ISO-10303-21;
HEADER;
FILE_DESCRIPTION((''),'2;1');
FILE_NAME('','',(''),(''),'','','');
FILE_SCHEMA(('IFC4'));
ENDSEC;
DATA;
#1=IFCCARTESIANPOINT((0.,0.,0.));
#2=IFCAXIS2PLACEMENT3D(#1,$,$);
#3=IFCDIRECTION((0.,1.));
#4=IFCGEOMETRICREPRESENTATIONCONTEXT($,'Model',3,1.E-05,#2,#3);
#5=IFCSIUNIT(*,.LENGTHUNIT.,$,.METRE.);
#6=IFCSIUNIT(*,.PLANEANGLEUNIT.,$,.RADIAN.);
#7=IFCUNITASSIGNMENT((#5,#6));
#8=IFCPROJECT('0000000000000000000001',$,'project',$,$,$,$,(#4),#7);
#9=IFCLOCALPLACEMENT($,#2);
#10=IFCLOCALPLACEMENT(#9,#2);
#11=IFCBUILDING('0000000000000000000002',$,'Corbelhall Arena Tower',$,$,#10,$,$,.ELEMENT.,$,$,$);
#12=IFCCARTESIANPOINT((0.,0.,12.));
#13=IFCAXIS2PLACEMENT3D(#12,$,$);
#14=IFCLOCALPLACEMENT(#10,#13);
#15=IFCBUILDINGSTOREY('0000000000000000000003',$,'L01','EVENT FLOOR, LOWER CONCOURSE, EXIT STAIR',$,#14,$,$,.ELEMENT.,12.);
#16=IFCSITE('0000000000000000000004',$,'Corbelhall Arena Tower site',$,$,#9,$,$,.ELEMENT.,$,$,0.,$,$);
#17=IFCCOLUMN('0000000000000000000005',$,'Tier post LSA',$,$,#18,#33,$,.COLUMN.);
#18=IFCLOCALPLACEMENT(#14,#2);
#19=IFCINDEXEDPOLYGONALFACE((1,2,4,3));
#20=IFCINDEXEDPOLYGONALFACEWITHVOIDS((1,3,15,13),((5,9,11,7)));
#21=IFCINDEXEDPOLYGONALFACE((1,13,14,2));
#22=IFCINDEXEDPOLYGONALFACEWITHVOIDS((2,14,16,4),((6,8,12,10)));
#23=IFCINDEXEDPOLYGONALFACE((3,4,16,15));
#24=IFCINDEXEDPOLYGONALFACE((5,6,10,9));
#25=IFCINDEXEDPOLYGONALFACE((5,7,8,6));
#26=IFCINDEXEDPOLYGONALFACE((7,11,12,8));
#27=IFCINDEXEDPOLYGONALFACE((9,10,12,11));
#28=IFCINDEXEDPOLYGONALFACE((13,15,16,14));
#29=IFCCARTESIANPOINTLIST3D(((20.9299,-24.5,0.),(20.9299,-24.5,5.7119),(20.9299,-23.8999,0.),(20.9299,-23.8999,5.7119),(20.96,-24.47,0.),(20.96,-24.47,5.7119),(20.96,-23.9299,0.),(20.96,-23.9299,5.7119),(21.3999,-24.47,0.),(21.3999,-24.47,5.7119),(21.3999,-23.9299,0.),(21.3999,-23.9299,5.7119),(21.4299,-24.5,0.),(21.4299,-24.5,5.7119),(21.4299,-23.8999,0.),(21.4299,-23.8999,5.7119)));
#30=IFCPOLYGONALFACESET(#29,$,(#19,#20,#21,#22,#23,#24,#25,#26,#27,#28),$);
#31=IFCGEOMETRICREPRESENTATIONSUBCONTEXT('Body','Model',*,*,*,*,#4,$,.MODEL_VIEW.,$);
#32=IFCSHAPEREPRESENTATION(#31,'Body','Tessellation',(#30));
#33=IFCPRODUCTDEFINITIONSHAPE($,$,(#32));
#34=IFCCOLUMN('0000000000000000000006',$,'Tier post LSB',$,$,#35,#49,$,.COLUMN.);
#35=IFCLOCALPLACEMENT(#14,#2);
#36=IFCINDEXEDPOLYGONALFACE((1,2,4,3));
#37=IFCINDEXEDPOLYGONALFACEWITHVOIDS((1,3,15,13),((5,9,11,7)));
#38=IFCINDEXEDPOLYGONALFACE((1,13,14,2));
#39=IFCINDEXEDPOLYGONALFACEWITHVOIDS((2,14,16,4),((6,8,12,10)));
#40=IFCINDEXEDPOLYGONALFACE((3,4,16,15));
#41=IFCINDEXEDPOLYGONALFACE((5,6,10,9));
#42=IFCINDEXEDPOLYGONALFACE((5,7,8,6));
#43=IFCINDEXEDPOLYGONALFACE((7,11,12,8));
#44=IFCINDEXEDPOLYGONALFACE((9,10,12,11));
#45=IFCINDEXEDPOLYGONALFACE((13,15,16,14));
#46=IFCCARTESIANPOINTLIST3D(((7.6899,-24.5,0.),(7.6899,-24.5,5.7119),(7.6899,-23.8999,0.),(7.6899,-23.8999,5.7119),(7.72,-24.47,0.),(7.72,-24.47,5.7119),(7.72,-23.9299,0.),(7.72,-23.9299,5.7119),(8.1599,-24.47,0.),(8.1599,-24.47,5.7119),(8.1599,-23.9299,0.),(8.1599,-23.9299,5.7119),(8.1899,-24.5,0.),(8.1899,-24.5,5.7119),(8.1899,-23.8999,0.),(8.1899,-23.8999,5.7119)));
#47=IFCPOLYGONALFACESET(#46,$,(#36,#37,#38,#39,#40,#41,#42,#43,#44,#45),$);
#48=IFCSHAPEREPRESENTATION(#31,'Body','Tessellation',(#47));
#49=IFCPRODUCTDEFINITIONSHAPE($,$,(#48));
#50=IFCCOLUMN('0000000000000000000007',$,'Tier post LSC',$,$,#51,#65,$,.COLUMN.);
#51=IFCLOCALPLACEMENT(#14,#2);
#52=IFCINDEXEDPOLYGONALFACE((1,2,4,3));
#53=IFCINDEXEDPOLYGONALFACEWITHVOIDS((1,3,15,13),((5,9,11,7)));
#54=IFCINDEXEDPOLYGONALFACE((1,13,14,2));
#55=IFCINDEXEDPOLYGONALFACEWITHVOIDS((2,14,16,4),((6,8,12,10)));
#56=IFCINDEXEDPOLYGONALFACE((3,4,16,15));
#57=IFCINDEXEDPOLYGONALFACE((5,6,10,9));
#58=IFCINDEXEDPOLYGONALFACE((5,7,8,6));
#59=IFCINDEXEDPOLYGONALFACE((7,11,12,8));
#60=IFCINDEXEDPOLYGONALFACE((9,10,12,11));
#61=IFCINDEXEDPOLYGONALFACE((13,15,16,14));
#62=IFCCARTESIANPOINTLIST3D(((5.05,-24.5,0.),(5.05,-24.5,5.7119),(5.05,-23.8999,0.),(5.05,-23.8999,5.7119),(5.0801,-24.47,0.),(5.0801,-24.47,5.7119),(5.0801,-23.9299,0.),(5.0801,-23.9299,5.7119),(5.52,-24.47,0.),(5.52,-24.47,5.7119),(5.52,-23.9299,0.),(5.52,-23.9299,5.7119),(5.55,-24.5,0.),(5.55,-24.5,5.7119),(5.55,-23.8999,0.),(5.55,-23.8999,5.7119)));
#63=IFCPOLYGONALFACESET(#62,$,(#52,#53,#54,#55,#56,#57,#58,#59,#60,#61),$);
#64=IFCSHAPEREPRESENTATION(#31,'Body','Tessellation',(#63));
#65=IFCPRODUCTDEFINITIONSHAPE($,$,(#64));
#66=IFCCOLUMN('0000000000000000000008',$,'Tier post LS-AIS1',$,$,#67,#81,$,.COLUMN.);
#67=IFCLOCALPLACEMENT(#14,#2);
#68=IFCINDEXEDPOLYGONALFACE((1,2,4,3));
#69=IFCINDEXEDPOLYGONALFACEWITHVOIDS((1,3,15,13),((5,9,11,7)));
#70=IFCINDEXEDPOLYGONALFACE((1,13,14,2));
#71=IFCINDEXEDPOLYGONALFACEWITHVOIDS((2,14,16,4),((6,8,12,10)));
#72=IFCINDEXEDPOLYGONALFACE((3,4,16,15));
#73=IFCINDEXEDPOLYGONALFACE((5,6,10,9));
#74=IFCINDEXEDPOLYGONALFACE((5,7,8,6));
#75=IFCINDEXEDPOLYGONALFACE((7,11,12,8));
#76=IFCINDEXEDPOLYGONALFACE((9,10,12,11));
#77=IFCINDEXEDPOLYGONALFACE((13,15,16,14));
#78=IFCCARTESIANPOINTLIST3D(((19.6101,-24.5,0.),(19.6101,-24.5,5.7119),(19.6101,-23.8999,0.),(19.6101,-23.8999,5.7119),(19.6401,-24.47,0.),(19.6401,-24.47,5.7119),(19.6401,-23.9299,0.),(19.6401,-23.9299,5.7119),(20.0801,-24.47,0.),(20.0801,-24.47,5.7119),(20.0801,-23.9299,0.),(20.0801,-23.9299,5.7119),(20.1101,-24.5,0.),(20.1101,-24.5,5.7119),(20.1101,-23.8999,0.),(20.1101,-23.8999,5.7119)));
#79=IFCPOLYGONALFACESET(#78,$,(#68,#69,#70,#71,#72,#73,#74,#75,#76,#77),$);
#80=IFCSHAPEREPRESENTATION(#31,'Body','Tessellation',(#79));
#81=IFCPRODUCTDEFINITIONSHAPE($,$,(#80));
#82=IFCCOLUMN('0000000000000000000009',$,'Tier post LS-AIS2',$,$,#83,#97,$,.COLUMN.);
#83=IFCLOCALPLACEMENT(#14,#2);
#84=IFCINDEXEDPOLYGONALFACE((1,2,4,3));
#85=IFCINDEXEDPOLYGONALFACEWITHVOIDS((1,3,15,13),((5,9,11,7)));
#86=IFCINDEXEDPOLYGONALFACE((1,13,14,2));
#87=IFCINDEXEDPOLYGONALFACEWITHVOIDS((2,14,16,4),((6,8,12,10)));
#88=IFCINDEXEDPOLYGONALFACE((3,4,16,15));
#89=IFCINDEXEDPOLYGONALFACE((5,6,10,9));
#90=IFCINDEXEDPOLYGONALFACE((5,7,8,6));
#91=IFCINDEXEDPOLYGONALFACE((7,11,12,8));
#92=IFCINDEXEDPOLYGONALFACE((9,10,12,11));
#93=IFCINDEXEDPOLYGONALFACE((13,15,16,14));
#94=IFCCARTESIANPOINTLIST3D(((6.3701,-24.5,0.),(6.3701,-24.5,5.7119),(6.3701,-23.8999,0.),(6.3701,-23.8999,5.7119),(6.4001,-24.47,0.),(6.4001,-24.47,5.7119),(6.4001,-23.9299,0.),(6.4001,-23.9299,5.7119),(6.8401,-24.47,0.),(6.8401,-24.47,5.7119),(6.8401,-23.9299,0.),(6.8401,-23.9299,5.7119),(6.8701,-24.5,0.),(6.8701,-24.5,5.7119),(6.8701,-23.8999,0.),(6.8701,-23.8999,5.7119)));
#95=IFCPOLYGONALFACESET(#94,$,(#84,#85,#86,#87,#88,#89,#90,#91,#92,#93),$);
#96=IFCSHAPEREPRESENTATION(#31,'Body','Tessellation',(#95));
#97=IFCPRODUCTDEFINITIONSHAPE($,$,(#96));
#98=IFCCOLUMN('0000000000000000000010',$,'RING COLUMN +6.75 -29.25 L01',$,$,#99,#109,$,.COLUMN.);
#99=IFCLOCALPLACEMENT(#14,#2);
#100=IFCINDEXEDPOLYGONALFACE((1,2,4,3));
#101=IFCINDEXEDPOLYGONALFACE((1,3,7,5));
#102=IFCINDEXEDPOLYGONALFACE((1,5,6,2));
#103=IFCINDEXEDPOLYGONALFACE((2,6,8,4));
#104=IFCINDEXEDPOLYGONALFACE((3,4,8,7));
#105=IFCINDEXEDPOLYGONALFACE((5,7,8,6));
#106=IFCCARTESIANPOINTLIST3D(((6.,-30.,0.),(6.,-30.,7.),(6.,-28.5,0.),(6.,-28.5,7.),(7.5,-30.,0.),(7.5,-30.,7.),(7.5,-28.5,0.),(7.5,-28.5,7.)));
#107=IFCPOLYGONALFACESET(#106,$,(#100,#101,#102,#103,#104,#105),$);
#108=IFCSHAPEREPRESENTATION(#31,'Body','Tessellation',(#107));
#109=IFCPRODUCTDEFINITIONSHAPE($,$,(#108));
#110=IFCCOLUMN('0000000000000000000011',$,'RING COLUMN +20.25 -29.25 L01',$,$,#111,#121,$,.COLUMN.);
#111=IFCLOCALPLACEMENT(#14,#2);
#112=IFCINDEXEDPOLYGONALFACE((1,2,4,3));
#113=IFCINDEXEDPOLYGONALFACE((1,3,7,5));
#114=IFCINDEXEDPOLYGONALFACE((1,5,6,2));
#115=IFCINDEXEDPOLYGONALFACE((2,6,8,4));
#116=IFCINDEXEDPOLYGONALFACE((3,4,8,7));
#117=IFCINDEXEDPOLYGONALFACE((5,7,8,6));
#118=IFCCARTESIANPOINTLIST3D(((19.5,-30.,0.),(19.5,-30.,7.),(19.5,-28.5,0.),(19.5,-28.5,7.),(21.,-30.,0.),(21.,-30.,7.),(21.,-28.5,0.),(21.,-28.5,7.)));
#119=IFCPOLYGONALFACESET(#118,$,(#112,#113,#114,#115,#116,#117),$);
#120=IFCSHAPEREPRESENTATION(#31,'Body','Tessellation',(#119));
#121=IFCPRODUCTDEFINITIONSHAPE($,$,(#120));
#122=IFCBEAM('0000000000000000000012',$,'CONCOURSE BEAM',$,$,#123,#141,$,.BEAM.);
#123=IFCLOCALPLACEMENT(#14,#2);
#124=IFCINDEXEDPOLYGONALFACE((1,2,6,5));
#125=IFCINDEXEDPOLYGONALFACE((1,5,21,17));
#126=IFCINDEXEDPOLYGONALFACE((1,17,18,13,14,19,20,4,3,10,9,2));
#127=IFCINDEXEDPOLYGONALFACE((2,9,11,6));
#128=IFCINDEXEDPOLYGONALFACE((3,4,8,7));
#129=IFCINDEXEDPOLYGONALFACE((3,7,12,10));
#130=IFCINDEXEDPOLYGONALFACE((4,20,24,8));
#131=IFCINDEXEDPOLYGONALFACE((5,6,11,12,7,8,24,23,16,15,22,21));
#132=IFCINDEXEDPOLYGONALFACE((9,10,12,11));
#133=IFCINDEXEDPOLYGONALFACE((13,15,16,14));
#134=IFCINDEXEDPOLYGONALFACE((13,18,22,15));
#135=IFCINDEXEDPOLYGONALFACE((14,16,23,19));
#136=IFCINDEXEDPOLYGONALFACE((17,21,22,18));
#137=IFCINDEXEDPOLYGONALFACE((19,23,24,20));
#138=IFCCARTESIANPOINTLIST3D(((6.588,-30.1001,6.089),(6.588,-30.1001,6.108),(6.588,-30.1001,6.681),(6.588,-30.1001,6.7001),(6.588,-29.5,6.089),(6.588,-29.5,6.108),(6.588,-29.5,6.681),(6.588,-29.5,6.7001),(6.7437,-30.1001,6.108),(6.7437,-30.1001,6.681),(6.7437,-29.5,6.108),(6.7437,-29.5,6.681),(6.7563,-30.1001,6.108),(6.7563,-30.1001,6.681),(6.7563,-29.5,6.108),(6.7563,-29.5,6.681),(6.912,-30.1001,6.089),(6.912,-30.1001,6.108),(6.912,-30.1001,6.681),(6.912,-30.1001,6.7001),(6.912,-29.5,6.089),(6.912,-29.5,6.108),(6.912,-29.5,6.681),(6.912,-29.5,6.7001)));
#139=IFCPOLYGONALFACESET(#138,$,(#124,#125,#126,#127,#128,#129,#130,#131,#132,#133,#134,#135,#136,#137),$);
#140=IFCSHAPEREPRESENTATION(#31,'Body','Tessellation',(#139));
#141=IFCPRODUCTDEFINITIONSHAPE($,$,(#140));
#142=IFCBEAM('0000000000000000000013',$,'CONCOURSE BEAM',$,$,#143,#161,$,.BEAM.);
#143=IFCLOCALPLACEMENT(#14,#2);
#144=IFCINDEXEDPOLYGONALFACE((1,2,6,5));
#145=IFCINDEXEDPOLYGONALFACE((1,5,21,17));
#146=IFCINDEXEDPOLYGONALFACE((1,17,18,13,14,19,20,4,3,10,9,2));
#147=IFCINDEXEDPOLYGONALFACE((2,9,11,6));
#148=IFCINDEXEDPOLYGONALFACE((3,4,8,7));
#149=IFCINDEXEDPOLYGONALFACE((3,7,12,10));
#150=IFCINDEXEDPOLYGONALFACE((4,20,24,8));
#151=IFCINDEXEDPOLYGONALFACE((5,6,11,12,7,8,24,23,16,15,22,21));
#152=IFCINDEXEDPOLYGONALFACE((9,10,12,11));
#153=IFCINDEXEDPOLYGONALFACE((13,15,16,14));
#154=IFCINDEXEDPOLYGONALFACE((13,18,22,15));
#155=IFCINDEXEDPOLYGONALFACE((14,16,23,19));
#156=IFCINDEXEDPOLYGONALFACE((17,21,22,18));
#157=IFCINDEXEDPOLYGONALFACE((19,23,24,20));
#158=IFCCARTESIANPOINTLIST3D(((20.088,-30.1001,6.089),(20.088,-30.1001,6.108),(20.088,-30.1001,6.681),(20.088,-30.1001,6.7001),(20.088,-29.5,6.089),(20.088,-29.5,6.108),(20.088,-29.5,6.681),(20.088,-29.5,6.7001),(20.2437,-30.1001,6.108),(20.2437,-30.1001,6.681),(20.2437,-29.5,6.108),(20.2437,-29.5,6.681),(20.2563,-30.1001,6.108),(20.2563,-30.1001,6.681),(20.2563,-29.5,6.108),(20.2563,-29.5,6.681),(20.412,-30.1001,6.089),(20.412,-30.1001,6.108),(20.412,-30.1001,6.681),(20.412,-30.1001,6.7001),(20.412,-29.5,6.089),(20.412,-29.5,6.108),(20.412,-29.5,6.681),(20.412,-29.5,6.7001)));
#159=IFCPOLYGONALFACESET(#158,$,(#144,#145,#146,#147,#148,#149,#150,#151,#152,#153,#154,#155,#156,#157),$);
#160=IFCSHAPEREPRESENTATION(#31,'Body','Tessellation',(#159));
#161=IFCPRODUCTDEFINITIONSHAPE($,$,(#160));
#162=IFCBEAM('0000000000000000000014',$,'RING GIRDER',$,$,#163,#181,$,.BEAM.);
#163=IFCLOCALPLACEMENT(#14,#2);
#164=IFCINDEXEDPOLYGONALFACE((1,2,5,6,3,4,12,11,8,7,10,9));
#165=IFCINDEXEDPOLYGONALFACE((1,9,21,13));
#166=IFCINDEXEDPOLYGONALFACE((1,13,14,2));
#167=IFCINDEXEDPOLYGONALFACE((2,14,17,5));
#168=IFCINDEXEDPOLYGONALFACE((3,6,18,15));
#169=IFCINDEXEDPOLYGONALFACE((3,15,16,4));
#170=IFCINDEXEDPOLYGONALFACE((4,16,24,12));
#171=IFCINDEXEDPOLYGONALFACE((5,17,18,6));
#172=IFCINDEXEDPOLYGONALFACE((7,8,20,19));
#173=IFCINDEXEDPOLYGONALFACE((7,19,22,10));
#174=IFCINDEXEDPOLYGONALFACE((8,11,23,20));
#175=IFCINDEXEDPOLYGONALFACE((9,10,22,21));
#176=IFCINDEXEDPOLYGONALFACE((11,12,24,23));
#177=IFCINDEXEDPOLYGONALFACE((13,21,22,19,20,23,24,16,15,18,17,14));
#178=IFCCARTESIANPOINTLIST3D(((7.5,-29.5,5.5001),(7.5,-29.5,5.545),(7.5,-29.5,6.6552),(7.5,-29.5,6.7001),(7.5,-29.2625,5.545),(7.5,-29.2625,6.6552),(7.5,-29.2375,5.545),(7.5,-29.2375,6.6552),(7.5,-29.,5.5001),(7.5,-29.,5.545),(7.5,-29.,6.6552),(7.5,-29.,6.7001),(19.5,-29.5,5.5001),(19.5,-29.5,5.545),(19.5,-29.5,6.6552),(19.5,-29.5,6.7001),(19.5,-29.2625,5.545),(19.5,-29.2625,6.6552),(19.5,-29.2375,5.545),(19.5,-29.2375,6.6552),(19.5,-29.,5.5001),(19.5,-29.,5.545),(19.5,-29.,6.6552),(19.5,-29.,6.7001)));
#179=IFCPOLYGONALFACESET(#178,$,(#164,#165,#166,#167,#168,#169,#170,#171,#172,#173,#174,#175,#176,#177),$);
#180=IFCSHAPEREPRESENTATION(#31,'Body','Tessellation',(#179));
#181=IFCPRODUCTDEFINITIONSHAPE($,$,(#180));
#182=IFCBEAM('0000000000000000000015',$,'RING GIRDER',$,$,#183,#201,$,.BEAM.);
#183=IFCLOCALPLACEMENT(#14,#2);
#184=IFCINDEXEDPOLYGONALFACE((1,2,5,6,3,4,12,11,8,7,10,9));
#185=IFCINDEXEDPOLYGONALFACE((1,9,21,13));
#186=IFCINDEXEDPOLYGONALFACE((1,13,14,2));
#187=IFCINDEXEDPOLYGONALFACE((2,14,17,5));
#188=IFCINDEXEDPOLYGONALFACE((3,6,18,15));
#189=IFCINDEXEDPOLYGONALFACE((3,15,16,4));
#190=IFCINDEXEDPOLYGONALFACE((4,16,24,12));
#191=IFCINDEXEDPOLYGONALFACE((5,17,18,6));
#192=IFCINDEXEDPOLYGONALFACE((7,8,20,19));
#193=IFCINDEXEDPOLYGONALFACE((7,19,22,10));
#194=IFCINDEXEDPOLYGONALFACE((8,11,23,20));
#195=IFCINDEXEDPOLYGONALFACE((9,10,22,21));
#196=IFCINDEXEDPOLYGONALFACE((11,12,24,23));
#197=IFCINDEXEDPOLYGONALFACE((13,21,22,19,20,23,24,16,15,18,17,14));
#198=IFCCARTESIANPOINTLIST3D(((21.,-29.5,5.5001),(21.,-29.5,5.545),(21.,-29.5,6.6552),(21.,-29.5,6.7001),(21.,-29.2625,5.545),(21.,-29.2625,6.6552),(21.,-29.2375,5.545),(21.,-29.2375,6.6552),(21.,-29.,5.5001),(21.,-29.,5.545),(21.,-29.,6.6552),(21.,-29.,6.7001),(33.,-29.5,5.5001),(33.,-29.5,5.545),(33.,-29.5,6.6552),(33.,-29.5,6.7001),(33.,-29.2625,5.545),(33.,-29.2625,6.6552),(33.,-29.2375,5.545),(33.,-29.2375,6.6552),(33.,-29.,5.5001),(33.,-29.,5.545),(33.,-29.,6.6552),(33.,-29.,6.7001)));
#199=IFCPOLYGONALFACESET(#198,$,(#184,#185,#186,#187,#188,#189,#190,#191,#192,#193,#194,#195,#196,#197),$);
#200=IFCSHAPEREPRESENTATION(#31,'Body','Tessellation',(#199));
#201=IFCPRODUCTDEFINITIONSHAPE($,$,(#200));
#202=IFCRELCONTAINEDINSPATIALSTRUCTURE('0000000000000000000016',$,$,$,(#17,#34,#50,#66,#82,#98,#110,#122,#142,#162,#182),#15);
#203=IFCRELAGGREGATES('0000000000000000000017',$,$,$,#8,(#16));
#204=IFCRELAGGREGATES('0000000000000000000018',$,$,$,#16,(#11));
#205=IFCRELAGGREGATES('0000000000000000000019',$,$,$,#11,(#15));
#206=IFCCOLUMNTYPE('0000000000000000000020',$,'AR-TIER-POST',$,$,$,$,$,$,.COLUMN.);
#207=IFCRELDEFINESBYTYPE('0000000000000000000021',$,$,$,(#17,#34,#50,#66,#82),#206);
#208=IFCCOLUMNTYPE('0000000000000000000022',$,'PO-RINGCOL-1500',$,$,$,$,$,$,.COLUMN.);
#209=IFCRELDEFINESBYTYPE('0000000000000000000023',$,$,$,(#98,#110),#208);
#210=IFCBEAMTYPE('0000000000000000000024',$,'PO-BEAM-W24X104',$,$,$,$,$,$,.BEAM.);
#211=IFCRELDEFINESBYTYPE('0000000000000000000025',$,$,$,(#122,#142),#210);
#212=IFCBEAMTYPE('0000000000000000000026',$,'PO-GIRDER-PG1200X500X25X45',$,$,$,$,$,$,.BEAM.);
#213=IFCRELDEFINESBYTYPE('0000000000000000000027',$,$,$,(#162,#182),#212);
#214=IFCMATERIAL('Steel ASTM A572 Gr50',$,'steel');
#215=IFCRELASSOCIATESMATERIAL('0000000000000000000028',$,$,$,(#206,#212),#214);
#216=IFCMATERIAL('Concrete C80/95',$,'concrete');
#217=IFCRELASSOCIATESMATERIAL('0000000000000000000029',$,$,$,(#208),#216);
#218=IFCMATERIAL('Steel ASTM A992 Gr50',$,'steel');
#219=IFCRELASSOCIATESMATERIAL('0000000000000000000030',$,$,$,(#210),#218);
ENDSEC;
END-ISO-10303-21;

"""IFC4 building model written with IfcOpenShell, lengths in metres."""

from ifc_helpers import new_model, si_unit, direction, frame, origin, origin_2d, place, context, subcontext, project, spatial, rectangle, hollow_rectangle, i_section, extrude, material, material_profile, profile_set, type_object, element, save


model = new_model("IFC4")

# Units and contexts
model_context = context("Model", 3, precision=1e-05, world=origin(), true_north=direction((0.0, 1.0)))
body_context = subcontext(model_context, "Body", "Model", "MODEL_VIEW")
ifc_project = project(units=[si_unit("LENGTHUNIT", "METRE"), si_unit("PLANEANGLEUNIT", "RADIAN")], contexts=[model_context])

# Site, building, storey
site_placement = place(None, origin())
site = spatial("IfcSite", under=ifc_project, at=site_placement, Name="Corbelhall Arena Tower site", CompositionType="ELEMENT", RefElevation=0.0)
building_placement = place(site_placement, origin())
building = spatial("IfcBuilding", under=site, at=building_placement, Name="Corbelhall Arena Tower", CompositionType="ELEMENT")
storey_placement = place(building_placement, frame((0.0, 0.0, 12.0)))
storey = spatial("IfcBuildingStorey", under=building, at=storey_placement, Name="L01", Description="EVENT FLOOR, LOWER CONCOURSE, EXIT STAIR", CompositionType="ELEMENT", Elevation=12.0)

# Columns
ifc_material_1 = material(Name="Steel ASTM A572 Gr50", Category="steel")
ifc_material_profile_1 = material_profile(ifc_material_1, hollow_rectangle(XDim=0.5, YDim=0.6001, WallThickness=0.03, at=origin_2d()))
ifc_profile_set_1 = profile_set([ifc_material_profile_1], Name="Steel ASTM A572 Gr50")
column_type_1 = type_object("IfcColumnType", Name="AR-TIER-POST", PredefinedType="COLUMN", material=ifc_profile_set_1)
for number, where, z_axis, x_axis, name in (
    (1, (21.1799, -24.2, 0.0), (0.0, 0.0, 1.0), (1.0, 0.0, 0.0), "Tier post LSA"),
    (2, (7.9399, -24.2, 0.0), (0.0, 0.0, 1.0), (1.0, 0.0, 0.0), "Tier post LSB"),
    (3, (5.3, -24.2, 0.0), (0.0, 0.0, 1.0), (1.0, 0.0, 0.0), "Tier post LSC"),
    (4, (19.8601, -24.2, 0.0), (0.0, 0.0, 1.0), (1.0, 0.0, 0.0), "Tier post LS-AIS1"),
    (5, (6.6201, -24.2, 0.0), (0.0, 0.0, 1.0), (1.0, 0.0, 0.0), "Tier post LS-AIS2"),
):
    element("IfcColumn", number, at=place(storey_placement, frame(where, z_axis=z_axis, x_axis=x_axis)), inside=storey, type_object=column_type_1, Name=name, PredefinedType="COLUMN", context=body_context, shape_type="SweptSolid", body=[
        extrude(hollow_rectangle(XDim=0.5, YDim=0.6001, WallThickness=0.03, at=origin_2d()), origin(), (0.0, 0.0, 1.0), 5.7119),
    ])
ifc_material_2 = material(Name="Concrete C80/95", Category="concrete")
ifc_material_profile_2 = material_profile(ifc_material_2, rectangle(XDim=1.5, YDim=1.5, at=origin_2d()))
ifc_profile_set_2 = profile_set([ifc_material_profile_2], Name="Concrete C80/95")
column_type_2 = type_object("IfcColumnType", Name="PO-RINGCOL-1500", PredefinedType="COLUMN", material=ifc_profile_set_2)
for number, where, z_axis, x_axis, name in (
    (6, (6.75, -29.25, 0.0), (0.0, 0.0, 1.0), (1.0, 0.0, 0.0), "RING COLUMN +6.75 -29.25 L01"),
    (7, (20.25, -29.25, 0.0), (0.0, 0.0, 1.0), (1.0, 0.0, 0.0), "RING COLUMN +20.25 -29.25 L01"),
):
    element("IfcColumn", number, at=place(storey_placement, frame(where, z_axis=z_axis, x_axis=x_axis)), inside=storey, type_object=column_type_2, Name=name, PredefinedType="COLUMN", context=body_context, shape_type="SweptSolid", body=[
        extrude(rectangle(XDim=1.5, YDim=1.5, at=origin_2d()), origin(), (0.0, 0.0, 1.0), 7.0),
    ])

# Beams
ifc_material_3 = material(Name="Steel ASTM A992 Gr50", Category="steel")
ifc_material_profile_3 = material_profile(ifc_material_3, i_section(OverallWidth=0.324, OverallDepth=0.6111, WebThickness=0.0127, FlangeThickness=0.019, at=origin_2d()))
ifc_profile_set_3 = profile_set([ifc_material_profile_3], Name="Steel ASTM A992 Gr50")
beam_type_1 = type_object("IfcBeamType", Name="PO-BEAM-W24X104", PredefinedType="BEAM", material=ifc_profile_set_3)
for number, where, z_axis, x_axis, name in (
    (8, (6.75, -29.5, 6.3945), (0.0, -1.0, 0.0), (1.0, 0.0, 0.0), "CONCOURSE BEAM"),
    (9, (20.25, -29.5, 6.3945), (0.0, -1.0, 0.0), (1.0, 0.0, 0.0), "CONCOURSE BEAM"),
):
    element("IfcBeam", number, at=place(storey_placement, frame(where, z_axis=z_axis, x_axis=x_axis)), inside=storey, type_object=beam_type_1, Name=name, PredefinedType="BEAM", context=body_context, shape_type="SweptSolid", body=[
        extrude(i_section(OverallWidth=0.324, OverallDepth=0.6111, WebThickness=0.0127, FlangeThickness=0.019, at=origin_2d()), origin(), (0.0, 0.0, 1.0), 0.6001),
    ])
ifc_material_profile_4 = material_profile(ifc_material_1, i_section(OverallWidth=0.5, OverallDepth=1.2, WebThickness=0.0249, FlangeThickness=0.0449, at=origin_2d()))
ifc_profile_set_4 = profile_set([ifc_material_profile_4], Name="Steel ASTM A572 Gr50")
beam_type_2 = type_object("IfcBeamType", Name="PO-GIRDER-PG1200X500X25X45", PredefinedType="BEAM", material=ifc_profile_set_4)
for number, where, z_axis, x_axis, name in (
    (10, (7.5, -29.25, 6.1001), (1.0, 0.0, 0.0), (0.0, 1.0, 0.0), "RING GIRDER"),
    (11, (21.0, -29.25, 6.1001), (1.0, 0.0, 0.0), (0.0, 1.0, 0.0), "RING GIRDER"),
):
    element("IfcBeam", number, at=place(storey_placement, frame(where, z_axis=z_axis, x_axis=x_axis)), inside=storey, type_object=beam_type_2, Name=name, PredefinedType="BEAM", context=body_context, shape_type="SweptSolid", body=[
        extrude(i_section(OverallWidth=0.5, OverallDepth=1.2, WebThickness=0.0249, FlangeThickness=0.0449, at=origin_2d()), origin(), (0.0, 0.0, 1.0), 12.0),
    ])

save(model, "model.ifc")
